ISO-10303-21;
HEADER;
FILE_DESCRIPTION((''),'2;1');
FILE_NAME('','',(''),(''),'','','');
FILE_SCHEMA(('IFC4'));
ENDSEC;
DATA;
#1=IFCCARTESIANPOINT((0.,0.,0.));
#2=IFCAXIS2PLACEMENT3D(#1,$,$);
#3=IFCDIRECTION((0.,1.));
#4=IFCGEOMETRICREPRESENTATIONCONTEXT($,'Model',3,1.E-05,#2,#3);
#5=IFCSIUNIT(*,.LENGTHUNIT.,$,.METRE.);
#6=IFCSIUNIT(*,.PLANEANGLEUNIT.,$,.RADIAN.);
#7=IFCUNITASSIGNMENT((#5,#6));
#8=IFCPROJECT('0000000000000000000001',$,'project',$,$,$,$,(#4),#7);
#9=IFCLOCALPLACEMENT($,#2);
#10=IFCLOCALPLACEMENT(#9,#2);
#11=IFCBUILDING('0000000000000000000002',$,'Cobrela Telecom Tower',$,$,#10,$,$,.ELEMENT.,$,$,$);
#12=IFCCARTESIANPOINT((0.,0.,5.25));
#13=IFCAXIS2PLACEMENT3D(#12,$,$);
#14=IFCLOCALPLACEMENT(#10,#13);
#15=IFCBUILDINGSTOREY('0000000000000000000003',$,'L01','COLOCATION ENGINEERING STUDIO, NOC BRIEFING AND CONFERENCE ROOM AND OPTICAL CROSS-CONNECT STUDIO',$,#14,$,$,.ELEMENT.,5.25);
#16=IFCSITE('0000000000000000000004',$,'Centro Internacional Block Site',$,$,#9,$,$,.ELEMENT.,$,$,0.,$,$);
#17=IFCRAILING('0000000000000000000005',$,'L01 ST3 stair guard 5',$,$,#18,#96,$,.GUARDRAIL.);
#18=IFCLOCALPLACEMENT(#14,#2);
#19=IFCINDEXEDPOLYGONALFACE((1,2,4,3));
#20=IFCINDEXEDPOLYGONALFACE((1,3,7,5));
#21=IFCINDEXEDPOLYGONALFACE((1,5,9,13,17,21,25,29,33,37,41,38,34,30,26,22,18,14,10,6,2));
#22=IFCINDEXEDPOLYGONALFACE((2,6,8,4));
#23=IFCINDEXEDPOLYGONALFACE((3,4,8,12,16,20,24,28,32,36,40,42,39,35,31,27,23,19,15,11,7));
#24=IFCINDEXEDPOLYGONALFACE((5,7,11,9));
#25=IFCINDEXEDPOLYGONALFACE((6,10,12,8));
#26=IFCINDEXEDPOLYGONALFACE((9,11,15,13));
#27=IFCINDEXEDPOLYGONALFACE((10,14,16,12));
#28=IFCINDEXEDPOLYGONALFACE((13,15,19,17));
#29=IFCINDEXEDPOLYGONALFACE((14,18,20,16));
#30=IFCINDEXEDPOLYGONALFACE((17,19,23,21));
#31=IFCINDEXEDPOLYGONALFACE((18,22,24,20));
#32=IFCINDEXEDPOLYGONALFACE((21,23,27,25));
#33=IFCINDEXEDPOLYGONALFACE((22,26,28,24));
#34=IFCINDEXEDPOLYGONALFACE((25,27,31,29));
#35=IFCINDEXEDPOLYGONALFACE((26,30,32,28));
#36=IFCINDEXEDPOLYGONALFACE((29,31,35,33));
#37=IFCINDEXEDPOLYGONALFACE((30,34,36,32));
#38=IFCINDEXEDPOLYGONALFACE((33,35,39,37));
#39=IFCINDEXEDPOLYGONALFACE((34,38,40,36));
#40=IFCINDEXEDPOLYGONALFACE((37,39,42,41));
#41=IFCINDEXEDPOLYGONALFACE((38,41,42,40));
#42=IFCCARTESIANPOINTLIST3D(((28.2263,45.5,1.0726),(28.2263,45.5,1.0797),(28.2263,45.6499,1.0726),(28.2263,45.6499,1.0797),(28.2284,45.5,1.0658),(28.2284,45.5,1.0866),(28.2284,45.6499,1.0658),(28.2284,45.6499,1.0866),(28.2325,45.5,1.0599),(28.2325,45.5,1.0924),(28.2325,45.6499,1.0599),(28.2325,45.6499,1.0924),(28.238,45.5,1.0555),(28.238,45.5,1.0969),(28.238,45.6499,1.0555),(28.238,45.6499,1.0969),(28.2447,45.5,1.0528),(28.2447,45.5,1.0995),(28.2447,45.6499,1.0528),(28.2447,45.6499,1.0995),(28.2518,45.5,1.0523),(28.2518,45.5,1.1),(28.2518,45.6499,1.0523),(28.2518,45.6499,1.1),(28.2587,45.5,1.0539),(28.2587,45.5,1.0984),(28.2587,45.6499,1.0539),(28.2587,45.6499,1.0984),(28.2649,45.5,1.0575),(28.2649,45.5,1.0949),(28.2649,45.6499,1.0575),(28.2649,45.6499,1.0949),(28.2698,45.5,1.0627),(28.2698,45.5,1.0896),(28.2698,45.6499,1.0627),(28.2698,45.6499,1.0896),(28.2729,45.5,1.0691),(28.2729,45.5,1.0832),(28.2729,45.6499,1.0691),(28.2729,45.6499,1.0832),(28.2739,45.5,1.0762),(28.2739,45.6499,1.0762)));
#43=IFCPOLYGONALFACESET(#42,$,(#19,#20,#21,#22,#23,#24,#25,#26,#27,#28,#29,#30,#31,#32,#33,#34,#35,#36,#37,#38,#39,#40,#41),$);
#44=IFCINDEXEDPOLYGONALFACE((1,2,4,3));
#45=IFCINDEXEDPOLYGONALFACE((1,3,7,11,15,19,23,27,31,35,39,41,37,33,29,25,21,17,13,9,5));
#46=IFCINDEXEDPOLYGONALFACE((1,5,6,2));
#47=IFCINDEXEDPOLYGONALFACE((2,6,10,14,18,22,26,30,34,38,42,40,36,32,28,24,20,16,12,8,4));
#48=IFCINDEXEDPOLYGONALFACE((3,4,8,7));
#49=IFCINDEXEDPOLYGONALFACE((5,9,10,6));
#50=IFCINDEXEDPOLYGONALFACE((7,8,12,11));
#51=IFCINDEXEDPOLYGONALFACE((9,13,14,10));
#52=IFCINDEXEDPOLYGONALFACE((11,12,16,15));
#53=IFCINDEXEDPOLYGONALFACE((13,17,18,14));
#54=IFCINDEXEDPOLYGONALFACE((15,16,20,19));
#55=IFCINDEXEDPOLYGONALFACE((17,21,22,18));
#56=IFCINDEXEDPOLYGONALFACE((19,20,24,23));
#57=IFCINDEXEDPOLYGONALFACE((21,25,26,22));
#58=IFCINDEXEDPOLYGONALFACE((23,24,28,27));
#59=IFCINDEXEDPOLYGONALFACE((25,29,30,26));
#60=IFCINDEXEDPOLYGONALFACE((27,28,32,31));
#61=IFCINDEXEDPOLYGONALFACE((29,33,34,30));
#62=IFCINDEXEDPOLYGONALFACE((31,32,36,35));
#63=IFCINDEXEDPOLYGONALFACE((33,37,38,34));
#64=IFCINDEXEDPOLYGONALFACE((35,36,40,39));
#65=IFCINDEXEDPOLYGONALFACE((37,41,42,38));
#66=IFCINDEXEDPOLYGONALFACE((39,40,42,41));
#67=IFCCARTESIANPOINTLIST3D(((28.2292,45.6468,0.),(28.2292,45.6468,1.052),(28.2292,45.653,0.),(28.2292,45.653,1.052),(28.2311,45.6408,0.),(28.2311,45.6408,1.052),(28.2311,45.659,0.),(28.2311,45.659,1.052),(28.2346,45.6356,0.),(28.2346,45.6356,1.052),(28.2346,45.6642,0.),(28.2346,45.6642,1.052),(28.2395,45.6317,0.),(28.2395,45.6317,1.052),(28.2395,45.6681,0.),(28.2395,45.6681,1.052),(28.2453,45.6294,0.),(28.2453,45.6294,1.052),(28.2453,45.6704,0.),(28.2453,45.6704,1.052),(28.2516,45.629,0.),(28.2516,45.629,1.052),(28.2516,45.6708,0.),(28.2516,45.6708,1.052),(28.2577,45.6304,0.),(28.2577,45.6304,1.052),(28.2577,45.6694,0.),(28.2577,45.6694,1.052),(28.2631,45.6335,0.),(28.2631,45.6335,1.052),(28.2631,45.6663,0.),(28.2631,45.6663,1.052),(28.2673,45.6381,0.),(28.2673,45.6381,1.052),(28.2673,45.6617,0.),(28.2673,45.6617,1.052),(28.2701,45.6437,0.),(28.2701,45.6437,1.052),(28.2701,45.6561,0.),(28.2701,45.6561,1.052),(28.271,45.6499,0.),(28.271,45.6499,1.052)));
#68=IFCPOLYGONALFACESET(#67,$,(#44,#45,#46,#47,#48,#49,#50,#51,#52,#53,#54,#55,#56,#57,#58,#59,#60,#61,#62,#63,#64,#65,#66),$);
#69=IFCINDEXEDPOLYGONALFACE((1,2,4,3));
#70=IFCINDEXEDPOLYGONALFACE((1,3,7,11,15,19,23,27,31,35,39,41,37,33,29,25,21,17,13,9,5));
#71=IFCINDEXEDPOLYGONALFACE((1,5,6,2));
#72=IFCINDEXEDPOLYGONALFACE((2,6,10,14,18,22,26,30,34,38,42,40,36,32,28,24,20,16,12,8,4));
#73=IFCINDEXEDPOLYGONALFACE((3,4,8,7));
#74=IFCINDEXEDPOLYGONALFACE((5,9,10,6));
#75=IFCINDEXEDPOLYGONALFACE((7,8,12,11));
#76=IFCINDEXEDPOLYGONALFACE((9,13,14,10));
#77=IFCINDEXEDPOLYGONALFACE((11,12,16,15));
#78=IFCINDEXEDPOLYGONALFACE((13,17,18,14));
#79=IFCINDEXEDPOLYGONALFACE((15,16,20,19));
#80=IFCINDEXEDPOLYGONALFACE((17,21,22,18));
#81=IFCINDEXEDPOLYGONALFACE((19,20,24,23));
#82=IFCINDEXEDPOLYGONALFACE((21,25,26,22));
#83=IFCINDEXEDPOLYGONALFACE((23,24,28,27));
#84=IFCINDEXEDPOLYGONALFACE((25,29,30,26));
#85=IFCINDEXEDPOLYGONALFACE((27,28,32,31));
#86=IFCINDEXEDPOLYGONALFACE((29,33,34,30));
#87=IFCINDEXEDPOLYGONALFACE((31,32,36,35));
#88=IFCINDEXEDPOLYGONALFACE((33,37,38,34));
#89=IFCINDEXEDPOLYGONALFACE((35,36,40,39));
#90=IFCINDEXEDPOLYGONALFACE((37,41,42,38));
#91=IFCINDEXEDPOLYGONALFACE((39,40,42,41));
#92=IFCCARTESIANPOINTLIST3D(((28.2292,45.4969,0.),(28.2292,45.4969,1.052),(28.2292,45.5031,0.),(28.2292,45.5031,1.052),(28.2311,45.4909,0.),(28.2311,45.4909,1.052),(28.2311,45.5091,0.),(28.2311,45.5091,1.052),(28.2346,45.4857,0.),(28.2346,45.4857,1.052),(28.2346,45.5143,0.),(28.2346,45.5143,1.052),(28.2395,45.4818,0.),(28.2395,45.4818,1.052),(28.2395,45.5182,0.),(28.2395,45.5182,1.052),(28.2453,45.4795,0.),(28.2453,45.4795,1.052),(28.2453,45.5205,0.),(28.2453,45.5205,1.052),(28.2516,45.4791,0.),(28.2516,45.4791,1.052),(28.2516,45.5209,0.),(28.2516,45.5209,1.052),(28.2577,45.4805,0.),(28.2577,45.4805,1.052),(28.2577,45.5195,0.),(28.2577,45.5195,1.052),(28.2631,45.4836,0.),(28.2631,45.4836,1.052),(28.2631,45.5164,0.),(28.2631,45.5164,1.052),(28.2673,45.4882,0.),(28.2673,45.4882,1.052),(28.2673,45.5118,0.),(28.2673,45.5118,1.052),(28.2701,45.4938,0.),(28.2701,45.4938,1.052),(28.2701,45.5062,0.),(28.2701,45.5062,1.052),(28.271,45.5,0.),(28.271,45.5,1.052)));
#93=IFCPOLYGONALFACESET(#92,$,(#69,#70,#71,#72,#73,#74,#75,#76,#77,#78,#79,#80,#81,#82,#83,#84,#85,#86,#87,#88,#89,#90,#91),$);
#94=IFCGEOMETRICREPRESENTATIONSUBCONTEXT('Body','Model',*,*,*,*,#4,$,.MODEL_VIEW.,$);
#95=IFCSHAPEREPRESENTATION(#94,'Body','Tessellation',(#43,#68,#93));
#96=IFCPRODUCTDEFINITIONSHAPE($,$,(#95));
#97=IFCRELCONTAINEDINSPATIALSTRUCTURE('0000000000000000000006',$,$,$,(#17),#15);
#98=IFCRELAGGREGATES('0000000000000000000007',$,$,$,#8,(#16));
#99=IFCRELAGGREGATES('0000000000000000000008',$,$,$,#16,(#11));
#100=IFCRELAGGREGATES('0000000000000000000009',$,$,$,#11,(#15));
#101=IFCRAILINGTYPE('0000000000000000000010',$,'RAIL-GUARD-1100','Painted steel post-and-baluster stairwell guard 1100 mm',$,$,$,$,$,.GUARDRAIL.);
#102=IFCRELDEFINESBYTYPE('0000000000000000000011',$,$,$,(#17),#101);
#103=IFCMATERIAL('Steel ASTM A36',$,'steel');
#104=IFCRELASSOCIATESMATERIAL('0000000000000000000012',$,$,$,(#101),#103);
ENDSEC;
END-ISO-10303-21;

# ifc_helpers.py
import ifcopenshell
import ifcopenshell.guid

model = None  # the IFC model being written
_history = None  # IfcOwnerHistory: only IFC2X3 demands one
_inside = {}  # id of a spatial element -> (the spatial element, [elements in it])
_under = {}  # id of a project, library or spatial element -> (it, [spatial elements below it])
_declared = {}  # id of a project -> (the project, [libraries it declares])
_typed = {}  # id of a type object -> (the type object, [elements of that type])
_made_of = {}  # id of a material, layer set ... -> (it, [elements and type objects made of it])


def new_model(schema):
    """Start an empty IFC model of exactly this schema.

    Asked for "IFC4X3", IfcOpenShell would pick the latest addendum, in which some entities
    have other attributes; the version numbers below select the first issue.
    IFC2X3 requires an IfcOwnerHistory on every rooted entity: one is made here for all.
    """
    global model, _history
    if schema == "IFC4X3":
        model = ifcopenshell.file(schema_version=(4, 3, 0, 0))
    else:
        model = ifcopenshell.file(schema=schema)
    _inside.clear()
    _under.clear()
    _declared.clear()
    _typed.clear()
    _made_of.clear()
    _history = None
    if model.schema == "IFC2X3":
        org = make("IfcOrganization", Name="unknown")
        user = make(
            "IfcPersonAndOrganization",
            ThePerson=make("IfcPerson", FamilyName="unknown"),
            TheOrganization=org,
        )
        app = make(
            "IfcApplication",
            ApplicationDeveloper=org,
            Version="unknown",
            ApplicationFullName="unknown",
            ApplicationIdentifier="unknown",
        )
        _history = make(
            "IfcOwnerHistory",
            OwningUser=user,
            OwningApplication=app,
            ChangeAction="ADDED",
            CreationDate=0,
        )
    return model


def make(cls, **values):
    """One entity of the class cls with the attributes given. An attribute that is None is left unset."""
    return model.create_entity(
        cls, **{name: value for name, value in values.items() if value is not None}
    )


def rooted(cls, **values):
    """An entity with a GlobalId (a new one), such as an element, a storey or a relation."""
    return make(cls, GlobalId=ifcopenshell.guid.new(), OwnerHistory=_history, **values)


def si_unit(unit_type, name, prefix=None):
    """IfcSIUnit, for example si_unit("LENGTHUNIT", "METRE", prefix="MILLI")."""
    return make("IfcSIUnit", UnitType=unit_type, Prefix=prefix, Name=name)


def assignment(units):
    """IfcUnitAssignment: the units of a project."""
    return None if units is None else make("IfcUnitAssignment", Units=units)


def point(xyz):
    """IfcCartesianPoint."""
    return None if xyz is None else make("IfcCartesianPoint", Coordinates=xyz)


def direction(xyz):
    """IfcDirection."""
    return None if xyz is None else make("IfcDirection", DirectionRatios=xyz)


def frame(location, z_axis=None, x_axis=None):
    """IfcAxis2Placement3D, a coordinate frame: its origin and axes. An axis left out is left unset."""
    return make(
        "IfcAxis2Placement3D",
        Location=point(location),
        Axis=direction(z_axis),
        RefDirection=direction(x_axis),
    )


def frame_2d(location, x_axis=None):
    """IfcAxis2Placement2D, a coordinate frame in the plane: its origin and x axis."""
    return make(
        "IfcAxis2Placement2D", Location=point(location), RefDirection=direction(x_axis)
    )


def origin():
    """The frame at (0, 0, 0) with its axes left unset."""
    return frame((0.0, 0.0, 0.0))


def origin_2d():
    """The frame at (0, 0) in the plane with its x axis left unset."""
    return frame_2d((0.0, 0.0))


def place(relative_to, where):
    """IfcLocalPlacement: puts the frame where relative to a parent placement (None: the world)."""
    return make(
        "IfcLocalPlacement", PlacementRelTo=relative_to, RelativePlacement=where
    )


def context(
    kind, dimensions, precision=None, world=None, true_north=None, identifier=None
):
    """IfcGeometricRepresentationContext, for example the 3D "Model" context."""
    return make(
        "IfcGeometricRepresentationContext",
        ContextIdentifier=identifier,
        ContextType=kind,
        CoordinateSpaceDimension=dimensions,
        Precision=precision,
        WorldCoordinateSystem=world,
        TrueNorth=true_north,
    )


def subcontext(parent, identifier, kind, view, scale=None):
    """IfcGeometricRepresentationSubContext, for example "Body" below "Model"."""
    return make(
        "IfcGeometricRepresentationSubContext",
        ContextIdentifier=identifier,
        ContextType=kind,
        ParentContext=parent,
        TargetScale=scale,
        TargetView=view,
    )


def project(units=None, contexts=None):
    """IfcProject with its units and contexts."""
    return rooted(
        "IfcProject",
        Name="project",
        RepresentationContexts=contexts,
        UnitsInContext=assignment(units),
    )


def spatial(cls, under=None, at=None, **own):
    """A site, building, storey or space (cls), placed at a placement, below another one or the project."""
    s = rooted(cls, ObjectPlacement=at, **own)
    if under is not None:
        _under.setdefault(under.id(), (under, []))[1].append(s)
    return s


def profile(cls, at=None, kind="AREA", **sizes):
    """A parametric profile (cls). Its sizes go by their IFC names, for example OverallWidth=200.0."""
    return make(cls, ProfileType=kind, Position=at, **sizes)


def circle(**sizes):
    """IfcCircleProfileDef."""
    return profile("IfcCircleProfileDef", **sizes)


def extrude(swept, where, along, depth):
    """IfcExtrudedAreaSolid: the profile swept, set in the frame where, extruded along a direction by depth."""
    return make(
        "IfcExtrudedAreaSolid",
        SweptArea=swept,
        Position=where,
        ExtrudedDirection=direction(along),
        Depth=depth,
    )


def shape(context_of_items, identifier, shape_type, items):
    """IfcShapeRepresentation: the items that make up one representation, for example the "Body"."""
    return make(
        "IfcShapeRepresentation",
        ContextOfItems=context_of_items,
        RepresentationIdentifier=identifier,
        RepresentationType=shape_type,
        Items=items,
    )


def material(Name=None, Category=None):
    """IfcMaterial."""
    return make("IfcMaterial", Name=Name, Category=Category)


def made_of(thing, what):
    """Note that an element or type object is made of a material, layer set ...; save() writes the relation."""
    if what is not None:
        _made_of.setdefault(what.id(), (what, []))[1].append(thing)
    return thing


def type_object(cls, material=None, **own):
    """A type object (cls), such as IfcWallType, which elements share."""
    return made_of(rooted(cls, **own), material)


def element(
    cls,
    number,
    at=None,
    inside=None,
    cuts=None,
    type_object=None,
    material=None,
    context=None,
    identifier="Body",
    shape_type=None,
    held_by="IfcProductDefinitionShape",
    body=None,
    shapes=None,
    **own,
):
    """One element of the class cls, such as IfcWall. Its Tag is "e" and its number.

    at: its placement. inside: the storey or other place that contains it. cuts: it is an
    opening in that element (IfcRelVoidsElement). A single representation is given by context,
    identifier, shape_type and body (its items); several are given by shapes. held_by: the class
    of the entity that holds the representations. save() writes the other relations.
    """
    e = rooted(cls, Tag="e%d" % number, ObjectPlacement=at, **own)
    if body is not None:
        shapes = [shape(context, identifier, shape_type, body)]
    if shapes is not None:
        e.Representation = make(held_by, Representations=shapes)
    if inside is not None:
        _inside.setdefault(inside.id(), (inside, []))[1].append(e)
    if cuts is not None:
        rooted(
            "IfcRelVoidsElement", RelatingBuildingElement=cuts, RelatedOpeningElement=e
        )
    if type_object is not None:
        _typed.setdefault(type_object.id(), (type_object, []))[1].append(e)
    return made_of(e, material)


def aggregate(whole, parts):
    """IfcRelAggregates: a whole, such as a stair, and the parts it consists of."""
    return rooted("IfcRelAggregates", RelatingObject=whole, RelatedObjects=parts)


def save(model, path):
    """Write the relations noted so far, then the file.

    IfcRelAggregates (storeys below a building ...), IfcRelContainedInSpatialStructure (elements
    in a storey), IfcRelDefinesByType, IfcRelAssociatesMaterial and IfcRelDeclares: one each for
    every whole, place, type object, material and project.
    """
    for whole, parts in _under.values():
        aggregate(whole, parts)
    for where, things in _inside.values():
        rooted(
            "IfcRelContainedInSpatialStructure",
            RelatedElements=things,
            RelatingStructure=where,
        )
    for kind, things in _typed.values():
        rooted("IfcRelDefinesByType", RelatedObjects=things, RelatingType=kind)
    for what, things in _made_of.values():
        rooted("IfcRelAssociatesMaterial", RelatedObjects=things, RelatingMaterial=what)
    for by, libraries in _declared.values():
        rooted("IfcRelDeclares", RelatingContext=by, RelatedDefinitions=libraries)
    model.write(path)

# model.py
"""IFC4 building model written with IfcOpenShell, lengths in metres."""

from ifc_helpers import new_model, si_unit, direction, frame, origin, origin_2d, place, context, subcontext, project, spatial, circle, extrude, material, type_object, element, save


model = new_model("IFC4")

# Units and contexts
model_context = context("Model", 3, precision=1e-05, world=origin(), true_north=direction((0.0, 1.0)))
body_context = subcontext(model_context, "Body", "Model", "MODEL_VIEW")
ifc_project = project(units=[si_unit("LENGTHUNIT", "METRE"), si_unit("PLANEANGLEUNIT", "RADIAN")], contexts=[model_context])

# Site, building, storey
site_placement = place(None, origin())
site = spatial("IfcSite", under=ifc_project, at=site_placement, Name="Centro Internacional Block Site", CompositionType="ELEMENT", RefElevation=0.0)
building_placement = place(site_placement, origin())
building = spatial("IfcBuilding", under=site, at=building_placement, Name="Cobrela Telecom Tower", CompositionType="ELEMENT")
storey_placement = place(building_placement, frame((0.0, 0.0, 5.25)))
storey = spatial("IfcBuildingStorey", under=building, at=storey_placement, Name="L01", Description="COLOCATION ENGINEERING STUDIO, NOC BRIEFING AND CONFERENCE ROOM AND OPTICAL CROSS-CONNECT STUDIO", CompositionType="ELEMENT", Elevation=5.25)

# Shared definitions
ifc_material_1 = material(Name="Steel ASTM A36", Category="steel")

# Railing
railing_type_1 = type_object("IfcRailingType", Name="RAIL-GUARD-1100", Description="Painted steel post-and-baluster stairwell guard 1100 mm", PredefinedType="GUARDRAIL", material=ifc_material_1)
railing_1_placement = place(storey_placement, frame((28.25, 45.6499, 0.0)))
element("IfcRailing", 1, at=railing_1_placement, inside=storey, type_object=railing_type_1, Name="L01 ST3 stair guard 5", PredefinedType="GUARDRAIL", context=body_context, shape_type="SweptSolid", body=[
    extrude(circle(Radius=0.0239, at=origin_2d()), frame((0.0, 0.0, 1.0762), z_axis=(0.0, -1.0, 0.0), x_axis=(1.0, 0.0, 0.0)), (0.0, 0.0, 1.0), 0.1499),
    extrude(circle(Radius=0.021, at=origin_2d()), origin(), (0.0, 0.0, 1.0), 1.052),
    extrude(circle(Radius=0.021, at=origin_2d()), frame((0.0, -0.1499, 0.0)), (0.0, 0.0, 1.0), 1.052),
])

save(model, "model.ifc")
